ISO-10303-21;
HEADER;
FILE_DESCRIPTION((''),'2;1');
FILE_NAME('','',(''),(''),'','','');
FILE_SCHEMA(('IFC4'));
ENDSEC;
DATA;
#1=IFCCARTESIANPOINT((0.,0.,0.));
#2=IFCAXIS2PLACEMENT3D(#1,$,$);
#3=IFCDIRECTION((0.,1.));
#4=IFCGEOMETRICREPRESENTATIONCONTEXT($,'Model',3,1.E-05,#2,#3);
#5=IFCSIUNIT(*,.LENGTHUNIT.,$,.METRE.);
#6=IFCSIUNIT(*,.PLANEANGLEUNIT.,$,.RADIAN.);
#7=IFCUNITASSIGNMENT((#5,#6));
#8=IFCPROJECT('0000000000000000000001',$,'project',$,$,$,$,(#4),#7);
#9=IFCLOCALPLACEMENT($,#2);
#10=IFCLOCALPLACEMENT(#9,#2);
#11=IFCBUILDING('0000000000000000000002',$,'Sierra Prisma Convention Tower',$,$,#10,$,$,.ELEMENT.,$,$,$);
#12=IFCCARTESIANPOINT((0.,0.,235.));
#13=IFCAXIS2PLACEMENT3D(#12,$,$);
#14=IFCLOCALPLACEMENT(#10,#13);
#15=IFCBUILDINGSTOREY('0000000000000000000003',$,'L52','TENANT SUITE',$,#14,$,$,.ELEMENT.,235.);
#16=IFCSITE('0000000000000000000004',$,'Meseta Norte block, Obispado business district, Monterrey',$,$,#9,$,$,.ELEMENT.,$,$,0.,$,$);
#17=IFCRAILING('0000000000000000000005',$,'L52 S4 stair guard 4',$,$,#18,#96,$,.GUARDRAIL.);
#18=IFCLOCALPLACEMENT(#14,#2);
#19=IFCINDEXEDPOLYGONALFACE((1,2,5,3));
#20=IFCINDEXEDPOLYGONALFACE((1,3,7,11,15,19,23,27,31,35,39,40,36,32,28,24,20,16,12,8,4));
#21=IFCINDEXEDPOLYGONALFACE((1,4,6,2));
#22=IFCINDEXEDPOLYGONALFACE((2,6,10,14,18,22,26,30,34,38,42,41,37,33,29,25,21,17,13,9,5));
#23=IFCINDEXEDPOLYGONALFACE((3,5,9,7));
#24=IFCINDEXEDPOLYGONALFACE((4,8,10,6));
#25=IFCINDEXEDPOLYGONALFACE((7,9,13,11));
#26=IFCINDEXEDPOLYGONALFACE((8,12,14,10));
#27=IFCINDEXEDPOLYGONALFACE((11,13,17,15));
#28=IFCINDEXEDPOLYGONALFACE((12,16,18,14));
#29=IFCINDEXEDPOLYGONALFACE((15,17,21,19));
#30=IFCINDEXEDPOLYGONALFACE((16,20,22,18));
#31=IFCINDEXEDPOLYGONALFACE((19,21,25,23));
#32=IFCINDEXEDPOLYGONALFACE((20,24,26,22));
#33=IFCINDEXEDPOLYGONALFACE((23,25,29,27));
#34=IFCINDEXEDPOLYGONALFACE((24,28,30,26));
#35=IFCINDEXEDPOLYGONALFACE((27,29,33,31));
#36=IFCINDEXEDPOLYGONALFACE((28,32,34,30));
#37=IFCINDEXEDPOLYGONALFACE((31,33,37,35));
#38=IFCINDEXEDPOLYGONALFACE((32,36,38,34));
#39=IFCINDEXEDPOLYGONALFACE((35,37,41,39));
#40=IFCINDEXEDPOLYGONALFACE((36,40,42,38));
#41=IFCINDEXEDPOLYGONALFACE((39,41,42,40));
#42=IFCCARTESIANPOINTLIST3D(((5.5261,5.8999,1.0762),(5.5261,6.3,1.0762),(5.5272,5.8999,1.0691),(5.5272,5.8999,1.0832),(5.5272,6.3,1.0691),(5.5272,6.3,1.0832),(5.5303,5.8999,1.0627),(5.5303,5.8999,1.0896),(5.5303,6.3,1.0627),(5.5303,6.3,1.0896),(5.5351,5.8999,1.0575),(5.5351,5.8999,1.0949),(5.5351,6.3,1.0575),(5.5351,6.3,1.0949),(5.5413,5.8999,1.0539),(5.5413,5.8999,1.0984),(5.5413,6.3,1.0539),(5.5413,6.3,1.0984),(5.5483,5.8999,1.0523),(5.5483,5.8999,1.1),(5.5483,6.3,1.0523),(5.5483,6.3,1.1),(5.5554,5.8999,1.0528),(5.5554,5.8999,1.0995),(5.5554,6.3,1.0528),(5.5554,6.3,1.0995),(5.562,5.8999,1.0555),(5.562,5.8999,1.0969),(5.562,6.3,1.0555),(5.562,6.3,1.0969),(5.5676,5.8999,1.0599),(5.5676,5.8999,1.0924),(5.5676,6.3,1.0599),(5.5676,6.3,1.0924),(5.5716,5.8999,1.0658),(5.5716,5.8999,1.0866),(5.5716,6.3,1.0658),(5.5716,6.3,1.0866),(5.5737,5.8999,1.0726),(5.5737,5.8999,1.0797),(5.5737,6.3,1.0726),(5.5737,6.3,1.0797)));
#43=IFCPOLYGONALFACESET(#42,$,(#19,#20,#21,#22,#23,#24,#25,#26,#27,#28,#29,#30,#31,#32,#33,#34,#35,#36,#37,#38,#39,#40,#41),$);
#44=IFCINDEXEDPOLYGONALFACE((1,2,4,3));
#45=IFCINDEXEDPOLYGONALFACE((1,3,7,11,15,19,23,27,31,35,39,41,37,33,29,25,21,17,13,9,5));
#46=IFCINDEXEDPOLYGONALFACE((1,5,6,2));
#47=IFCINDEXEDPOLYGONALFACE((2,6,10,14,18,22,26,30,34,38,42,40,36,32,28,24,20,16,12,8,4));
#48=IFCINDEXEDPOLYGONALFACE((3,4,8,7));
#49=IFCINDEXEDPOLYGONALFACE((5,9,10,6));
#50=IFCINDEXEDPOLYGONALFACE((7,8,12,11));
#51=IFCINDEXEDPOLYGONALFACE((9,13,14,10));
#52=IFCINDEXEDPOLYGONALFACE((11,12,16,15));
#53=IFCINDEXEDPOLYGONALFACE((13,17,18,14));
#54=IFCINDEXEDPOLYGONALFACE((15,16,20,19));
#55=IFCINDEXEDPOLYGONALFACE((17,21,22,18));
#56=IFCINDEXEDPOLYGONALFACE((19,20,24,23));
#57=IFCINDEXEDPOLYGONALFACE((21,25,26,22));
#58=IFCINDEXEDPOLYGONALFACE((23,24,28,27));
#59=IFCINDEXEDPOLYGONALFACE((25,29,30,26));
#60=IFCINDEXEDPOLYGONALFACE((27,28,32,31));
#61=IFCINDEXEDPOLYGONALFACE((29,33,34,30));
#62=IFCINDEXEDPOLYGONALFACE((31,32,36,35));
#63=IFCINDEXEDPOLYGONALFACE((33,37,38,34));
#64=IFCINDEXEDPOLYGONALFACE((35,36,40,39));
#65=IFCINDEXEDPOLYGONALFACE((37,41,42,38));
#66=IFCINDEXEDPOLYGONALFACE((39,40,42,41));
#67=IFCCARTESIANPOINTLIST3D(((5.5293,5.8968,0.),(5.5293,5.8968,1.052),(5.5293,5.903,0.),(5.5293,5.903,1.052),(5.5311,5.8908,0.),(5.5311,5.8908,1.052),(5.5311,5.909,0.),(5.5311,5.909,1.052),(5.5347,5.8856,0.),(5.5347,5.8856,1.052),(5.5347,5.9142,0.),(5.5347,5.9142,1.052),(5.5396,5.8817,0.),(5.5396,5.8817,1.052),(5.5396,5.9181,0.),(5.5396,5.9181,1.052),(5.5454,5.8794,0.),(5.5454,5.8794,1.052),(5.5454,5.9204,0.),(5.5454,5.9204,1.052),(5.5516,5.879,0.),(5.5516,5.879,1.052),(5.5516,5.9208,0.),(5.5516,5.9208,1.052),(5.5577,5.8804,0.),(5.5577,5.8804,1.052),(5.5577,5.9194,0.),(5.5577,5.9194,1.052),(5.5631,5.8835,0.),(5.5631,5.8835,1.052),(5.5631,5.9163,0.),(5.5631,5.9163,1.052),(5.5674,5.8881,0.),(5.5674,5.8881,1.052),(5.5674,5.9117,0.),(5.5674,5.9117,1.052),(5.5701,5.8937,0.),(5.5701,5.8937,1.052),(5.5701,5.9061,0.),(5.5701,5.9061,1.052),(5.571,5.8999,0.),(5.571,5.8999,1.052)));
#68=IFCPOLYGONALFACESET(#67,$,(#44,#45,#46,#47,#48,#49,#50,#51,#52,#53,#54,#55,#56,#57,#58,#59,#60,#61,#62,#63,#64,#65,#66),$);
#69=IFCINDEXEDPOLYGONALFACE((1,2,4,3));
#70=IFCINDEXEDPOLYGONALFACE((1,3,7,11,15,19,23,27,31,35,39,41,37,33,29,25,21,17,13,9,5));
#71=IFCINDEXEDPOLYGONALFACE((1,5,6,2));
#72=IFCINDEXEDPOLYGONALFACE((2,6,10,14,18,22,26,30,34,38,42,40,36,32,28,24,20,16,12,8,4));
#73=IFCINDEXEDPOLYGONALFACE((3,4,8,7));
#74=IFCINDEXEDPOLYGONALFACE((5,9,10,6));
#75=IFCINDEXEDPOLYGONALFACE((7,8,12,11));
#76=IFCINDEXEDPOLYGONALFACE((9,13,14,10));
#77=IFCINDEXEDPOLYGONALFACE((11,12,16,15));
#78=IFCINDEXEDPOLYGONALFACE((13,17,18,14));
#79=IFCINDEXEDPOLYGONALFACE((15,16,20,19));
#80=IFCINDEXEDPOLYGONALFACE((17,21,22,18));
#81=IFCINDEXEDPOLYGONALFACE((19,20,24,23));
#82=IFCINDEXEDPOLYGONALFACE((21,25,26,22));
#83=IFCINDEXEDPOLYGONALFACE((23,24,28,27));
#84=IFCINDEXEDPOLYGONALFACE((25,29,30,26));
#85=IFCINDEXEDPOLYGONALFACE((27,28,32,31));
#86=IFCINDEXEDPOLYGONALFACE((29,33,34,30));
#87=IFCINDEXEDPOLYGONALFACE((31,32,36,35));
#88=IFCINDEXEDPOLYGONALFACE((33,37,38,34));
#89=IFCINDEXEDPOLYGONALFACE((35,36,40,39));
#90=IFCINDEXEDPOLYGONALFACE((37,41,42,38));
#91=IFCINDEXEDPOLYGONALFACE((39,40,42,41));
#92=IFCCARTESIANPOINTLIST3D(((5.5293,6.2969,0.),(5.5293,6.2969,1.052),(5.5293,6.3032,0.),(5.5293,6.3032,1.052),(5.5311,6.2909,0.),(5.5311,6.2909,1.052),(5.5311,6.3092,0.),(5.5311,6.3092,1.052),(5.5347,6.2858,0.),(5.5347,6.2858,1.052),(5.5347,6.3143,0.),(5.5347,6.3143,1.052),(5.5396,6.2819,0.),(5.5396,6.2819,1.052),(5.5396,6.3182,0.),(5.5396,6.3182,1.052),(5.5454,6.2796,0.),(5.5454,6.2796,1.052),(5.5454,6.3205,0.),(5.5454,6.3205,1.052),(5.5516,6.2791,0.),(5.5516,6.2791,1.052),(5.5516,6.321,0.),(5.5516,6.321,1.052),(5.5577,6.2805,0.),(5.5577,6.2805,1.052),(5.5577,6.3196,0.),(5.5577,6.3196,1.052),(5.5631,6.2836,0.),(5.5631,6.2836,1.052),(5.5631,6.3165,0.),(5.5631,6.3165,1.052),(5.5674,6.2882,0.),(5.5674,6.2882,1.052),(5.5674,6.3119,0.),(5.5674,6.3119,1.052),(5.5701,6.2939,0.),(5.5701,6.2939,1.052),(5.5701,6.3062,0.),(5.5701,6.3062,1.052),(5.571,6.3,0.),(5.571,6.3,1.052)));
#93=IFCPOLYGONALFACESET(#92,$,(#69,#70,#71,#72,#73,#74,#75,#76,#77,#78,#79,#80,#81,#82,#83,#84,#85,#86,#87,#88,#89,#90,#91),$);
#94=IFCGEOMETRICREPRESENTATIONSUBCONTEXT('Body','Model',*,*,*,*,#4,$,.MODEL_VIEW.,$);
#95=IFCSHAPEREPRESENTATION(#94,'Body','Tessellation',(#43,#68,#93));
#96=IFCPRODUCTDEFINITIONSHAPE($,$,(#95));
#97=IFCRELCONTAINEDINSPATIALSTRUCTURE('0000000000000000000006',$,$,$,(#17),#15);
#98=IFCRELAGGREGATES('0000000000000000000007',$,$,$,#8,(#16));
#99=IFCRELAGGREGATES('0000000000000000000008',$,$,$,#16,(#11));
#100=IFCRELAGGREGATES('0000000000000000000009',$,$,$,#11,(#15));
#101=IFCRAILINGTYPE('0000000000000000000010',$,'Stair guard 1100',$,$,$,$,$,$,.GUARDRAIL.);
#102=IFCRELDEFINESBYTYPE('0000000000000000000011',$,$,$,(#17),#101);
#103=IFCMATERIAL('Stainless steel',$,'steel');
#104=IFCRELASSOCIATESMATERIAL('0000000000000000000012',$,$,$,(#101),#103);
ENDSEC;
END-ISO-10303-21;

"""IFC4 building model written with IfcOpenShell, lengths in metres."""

from ifc_helpers import new_model, si_unit, direction, frame, origin, origin_2d, place, context, subcontext, project, spatial, circle, extrude, material, type_object, element, save


model = new_model("IFC4")

# Units and contexts
model_context = context("Model", 3, precision=1e-05, world=origin(), true_north=direction((0.0, 1.0)))
body_context = subcontext(model_context, "Body", "Model", "MODEL_VIEW")
ifc_project = project(units=[si_unit("LENGTHUNIT", "METRE"), si_unit("PLANEANGLEUNIT", "RADIAN")], contexts=[model_context])

# Site, building, storey
site_placement = place(None, origin())
site = spatial("IfcSite", under=ifc_project, at=site_placement, Name="Meseta Norte block, Obispado business district, Monterrey", CompositionType="ELEMENT", RefElevation=0.0)
building_placement = place(site_placement, origin())
building = spatial("IfcBuilding", under=site, at=building_placement, Name="Sierra Prisma Convention Tower", CompositionType="ELEMENT")
storey_placement = place(building_placement, frame((0.0, 0.0, 235.0)))
storey = spatial("IfcBuildingStorey", under=building, at=storey_placement, Name="L52", Description="TENANT SUITE", CompositionType="ELEMENT", Elevation=235.0)

# Railing
ifc_material_1 = material(Name="Stainless steel", Category="steel")
railing_type_1 = type_object("IfcRailingType", Name="Stair guard 1100", PredefinedType="GUARDRAIL", material=ifc_material_1)
railing_1_placement = place(storey_placement, frame((5.55, 5.8999, 0.0)))
element("IfcRailing", 1, at=railing_1_placement, inside=storey, type_object=railing_type_1, Name="L52 S4 stair guard 4", PredefinedType="GUARDRAIL", context=body_context, shape_type="SweptSolid", body=[
    extrude(circle(Radius=0.0239, at=origin_2d()), frame((0.0, 0.0, 1.0762), z_axis=(0.0, 1.0, 0.0), x_axis=(-1.0, 0.0, 0.0)), (0.0, 0.0, 1.0), 0.4001),
    extrude(circle(Radius=0.021, at=origin_2d()), origin(), (0.0, 0.0, 1.0), 1.052),
    extrude(circle(Radius=0.021, at=origin_2d()), frame((0.0, 0.4001, 0.0)), (0.0, 0.0, 1.0), 1.052),
])

save(model, "model.ifc")
